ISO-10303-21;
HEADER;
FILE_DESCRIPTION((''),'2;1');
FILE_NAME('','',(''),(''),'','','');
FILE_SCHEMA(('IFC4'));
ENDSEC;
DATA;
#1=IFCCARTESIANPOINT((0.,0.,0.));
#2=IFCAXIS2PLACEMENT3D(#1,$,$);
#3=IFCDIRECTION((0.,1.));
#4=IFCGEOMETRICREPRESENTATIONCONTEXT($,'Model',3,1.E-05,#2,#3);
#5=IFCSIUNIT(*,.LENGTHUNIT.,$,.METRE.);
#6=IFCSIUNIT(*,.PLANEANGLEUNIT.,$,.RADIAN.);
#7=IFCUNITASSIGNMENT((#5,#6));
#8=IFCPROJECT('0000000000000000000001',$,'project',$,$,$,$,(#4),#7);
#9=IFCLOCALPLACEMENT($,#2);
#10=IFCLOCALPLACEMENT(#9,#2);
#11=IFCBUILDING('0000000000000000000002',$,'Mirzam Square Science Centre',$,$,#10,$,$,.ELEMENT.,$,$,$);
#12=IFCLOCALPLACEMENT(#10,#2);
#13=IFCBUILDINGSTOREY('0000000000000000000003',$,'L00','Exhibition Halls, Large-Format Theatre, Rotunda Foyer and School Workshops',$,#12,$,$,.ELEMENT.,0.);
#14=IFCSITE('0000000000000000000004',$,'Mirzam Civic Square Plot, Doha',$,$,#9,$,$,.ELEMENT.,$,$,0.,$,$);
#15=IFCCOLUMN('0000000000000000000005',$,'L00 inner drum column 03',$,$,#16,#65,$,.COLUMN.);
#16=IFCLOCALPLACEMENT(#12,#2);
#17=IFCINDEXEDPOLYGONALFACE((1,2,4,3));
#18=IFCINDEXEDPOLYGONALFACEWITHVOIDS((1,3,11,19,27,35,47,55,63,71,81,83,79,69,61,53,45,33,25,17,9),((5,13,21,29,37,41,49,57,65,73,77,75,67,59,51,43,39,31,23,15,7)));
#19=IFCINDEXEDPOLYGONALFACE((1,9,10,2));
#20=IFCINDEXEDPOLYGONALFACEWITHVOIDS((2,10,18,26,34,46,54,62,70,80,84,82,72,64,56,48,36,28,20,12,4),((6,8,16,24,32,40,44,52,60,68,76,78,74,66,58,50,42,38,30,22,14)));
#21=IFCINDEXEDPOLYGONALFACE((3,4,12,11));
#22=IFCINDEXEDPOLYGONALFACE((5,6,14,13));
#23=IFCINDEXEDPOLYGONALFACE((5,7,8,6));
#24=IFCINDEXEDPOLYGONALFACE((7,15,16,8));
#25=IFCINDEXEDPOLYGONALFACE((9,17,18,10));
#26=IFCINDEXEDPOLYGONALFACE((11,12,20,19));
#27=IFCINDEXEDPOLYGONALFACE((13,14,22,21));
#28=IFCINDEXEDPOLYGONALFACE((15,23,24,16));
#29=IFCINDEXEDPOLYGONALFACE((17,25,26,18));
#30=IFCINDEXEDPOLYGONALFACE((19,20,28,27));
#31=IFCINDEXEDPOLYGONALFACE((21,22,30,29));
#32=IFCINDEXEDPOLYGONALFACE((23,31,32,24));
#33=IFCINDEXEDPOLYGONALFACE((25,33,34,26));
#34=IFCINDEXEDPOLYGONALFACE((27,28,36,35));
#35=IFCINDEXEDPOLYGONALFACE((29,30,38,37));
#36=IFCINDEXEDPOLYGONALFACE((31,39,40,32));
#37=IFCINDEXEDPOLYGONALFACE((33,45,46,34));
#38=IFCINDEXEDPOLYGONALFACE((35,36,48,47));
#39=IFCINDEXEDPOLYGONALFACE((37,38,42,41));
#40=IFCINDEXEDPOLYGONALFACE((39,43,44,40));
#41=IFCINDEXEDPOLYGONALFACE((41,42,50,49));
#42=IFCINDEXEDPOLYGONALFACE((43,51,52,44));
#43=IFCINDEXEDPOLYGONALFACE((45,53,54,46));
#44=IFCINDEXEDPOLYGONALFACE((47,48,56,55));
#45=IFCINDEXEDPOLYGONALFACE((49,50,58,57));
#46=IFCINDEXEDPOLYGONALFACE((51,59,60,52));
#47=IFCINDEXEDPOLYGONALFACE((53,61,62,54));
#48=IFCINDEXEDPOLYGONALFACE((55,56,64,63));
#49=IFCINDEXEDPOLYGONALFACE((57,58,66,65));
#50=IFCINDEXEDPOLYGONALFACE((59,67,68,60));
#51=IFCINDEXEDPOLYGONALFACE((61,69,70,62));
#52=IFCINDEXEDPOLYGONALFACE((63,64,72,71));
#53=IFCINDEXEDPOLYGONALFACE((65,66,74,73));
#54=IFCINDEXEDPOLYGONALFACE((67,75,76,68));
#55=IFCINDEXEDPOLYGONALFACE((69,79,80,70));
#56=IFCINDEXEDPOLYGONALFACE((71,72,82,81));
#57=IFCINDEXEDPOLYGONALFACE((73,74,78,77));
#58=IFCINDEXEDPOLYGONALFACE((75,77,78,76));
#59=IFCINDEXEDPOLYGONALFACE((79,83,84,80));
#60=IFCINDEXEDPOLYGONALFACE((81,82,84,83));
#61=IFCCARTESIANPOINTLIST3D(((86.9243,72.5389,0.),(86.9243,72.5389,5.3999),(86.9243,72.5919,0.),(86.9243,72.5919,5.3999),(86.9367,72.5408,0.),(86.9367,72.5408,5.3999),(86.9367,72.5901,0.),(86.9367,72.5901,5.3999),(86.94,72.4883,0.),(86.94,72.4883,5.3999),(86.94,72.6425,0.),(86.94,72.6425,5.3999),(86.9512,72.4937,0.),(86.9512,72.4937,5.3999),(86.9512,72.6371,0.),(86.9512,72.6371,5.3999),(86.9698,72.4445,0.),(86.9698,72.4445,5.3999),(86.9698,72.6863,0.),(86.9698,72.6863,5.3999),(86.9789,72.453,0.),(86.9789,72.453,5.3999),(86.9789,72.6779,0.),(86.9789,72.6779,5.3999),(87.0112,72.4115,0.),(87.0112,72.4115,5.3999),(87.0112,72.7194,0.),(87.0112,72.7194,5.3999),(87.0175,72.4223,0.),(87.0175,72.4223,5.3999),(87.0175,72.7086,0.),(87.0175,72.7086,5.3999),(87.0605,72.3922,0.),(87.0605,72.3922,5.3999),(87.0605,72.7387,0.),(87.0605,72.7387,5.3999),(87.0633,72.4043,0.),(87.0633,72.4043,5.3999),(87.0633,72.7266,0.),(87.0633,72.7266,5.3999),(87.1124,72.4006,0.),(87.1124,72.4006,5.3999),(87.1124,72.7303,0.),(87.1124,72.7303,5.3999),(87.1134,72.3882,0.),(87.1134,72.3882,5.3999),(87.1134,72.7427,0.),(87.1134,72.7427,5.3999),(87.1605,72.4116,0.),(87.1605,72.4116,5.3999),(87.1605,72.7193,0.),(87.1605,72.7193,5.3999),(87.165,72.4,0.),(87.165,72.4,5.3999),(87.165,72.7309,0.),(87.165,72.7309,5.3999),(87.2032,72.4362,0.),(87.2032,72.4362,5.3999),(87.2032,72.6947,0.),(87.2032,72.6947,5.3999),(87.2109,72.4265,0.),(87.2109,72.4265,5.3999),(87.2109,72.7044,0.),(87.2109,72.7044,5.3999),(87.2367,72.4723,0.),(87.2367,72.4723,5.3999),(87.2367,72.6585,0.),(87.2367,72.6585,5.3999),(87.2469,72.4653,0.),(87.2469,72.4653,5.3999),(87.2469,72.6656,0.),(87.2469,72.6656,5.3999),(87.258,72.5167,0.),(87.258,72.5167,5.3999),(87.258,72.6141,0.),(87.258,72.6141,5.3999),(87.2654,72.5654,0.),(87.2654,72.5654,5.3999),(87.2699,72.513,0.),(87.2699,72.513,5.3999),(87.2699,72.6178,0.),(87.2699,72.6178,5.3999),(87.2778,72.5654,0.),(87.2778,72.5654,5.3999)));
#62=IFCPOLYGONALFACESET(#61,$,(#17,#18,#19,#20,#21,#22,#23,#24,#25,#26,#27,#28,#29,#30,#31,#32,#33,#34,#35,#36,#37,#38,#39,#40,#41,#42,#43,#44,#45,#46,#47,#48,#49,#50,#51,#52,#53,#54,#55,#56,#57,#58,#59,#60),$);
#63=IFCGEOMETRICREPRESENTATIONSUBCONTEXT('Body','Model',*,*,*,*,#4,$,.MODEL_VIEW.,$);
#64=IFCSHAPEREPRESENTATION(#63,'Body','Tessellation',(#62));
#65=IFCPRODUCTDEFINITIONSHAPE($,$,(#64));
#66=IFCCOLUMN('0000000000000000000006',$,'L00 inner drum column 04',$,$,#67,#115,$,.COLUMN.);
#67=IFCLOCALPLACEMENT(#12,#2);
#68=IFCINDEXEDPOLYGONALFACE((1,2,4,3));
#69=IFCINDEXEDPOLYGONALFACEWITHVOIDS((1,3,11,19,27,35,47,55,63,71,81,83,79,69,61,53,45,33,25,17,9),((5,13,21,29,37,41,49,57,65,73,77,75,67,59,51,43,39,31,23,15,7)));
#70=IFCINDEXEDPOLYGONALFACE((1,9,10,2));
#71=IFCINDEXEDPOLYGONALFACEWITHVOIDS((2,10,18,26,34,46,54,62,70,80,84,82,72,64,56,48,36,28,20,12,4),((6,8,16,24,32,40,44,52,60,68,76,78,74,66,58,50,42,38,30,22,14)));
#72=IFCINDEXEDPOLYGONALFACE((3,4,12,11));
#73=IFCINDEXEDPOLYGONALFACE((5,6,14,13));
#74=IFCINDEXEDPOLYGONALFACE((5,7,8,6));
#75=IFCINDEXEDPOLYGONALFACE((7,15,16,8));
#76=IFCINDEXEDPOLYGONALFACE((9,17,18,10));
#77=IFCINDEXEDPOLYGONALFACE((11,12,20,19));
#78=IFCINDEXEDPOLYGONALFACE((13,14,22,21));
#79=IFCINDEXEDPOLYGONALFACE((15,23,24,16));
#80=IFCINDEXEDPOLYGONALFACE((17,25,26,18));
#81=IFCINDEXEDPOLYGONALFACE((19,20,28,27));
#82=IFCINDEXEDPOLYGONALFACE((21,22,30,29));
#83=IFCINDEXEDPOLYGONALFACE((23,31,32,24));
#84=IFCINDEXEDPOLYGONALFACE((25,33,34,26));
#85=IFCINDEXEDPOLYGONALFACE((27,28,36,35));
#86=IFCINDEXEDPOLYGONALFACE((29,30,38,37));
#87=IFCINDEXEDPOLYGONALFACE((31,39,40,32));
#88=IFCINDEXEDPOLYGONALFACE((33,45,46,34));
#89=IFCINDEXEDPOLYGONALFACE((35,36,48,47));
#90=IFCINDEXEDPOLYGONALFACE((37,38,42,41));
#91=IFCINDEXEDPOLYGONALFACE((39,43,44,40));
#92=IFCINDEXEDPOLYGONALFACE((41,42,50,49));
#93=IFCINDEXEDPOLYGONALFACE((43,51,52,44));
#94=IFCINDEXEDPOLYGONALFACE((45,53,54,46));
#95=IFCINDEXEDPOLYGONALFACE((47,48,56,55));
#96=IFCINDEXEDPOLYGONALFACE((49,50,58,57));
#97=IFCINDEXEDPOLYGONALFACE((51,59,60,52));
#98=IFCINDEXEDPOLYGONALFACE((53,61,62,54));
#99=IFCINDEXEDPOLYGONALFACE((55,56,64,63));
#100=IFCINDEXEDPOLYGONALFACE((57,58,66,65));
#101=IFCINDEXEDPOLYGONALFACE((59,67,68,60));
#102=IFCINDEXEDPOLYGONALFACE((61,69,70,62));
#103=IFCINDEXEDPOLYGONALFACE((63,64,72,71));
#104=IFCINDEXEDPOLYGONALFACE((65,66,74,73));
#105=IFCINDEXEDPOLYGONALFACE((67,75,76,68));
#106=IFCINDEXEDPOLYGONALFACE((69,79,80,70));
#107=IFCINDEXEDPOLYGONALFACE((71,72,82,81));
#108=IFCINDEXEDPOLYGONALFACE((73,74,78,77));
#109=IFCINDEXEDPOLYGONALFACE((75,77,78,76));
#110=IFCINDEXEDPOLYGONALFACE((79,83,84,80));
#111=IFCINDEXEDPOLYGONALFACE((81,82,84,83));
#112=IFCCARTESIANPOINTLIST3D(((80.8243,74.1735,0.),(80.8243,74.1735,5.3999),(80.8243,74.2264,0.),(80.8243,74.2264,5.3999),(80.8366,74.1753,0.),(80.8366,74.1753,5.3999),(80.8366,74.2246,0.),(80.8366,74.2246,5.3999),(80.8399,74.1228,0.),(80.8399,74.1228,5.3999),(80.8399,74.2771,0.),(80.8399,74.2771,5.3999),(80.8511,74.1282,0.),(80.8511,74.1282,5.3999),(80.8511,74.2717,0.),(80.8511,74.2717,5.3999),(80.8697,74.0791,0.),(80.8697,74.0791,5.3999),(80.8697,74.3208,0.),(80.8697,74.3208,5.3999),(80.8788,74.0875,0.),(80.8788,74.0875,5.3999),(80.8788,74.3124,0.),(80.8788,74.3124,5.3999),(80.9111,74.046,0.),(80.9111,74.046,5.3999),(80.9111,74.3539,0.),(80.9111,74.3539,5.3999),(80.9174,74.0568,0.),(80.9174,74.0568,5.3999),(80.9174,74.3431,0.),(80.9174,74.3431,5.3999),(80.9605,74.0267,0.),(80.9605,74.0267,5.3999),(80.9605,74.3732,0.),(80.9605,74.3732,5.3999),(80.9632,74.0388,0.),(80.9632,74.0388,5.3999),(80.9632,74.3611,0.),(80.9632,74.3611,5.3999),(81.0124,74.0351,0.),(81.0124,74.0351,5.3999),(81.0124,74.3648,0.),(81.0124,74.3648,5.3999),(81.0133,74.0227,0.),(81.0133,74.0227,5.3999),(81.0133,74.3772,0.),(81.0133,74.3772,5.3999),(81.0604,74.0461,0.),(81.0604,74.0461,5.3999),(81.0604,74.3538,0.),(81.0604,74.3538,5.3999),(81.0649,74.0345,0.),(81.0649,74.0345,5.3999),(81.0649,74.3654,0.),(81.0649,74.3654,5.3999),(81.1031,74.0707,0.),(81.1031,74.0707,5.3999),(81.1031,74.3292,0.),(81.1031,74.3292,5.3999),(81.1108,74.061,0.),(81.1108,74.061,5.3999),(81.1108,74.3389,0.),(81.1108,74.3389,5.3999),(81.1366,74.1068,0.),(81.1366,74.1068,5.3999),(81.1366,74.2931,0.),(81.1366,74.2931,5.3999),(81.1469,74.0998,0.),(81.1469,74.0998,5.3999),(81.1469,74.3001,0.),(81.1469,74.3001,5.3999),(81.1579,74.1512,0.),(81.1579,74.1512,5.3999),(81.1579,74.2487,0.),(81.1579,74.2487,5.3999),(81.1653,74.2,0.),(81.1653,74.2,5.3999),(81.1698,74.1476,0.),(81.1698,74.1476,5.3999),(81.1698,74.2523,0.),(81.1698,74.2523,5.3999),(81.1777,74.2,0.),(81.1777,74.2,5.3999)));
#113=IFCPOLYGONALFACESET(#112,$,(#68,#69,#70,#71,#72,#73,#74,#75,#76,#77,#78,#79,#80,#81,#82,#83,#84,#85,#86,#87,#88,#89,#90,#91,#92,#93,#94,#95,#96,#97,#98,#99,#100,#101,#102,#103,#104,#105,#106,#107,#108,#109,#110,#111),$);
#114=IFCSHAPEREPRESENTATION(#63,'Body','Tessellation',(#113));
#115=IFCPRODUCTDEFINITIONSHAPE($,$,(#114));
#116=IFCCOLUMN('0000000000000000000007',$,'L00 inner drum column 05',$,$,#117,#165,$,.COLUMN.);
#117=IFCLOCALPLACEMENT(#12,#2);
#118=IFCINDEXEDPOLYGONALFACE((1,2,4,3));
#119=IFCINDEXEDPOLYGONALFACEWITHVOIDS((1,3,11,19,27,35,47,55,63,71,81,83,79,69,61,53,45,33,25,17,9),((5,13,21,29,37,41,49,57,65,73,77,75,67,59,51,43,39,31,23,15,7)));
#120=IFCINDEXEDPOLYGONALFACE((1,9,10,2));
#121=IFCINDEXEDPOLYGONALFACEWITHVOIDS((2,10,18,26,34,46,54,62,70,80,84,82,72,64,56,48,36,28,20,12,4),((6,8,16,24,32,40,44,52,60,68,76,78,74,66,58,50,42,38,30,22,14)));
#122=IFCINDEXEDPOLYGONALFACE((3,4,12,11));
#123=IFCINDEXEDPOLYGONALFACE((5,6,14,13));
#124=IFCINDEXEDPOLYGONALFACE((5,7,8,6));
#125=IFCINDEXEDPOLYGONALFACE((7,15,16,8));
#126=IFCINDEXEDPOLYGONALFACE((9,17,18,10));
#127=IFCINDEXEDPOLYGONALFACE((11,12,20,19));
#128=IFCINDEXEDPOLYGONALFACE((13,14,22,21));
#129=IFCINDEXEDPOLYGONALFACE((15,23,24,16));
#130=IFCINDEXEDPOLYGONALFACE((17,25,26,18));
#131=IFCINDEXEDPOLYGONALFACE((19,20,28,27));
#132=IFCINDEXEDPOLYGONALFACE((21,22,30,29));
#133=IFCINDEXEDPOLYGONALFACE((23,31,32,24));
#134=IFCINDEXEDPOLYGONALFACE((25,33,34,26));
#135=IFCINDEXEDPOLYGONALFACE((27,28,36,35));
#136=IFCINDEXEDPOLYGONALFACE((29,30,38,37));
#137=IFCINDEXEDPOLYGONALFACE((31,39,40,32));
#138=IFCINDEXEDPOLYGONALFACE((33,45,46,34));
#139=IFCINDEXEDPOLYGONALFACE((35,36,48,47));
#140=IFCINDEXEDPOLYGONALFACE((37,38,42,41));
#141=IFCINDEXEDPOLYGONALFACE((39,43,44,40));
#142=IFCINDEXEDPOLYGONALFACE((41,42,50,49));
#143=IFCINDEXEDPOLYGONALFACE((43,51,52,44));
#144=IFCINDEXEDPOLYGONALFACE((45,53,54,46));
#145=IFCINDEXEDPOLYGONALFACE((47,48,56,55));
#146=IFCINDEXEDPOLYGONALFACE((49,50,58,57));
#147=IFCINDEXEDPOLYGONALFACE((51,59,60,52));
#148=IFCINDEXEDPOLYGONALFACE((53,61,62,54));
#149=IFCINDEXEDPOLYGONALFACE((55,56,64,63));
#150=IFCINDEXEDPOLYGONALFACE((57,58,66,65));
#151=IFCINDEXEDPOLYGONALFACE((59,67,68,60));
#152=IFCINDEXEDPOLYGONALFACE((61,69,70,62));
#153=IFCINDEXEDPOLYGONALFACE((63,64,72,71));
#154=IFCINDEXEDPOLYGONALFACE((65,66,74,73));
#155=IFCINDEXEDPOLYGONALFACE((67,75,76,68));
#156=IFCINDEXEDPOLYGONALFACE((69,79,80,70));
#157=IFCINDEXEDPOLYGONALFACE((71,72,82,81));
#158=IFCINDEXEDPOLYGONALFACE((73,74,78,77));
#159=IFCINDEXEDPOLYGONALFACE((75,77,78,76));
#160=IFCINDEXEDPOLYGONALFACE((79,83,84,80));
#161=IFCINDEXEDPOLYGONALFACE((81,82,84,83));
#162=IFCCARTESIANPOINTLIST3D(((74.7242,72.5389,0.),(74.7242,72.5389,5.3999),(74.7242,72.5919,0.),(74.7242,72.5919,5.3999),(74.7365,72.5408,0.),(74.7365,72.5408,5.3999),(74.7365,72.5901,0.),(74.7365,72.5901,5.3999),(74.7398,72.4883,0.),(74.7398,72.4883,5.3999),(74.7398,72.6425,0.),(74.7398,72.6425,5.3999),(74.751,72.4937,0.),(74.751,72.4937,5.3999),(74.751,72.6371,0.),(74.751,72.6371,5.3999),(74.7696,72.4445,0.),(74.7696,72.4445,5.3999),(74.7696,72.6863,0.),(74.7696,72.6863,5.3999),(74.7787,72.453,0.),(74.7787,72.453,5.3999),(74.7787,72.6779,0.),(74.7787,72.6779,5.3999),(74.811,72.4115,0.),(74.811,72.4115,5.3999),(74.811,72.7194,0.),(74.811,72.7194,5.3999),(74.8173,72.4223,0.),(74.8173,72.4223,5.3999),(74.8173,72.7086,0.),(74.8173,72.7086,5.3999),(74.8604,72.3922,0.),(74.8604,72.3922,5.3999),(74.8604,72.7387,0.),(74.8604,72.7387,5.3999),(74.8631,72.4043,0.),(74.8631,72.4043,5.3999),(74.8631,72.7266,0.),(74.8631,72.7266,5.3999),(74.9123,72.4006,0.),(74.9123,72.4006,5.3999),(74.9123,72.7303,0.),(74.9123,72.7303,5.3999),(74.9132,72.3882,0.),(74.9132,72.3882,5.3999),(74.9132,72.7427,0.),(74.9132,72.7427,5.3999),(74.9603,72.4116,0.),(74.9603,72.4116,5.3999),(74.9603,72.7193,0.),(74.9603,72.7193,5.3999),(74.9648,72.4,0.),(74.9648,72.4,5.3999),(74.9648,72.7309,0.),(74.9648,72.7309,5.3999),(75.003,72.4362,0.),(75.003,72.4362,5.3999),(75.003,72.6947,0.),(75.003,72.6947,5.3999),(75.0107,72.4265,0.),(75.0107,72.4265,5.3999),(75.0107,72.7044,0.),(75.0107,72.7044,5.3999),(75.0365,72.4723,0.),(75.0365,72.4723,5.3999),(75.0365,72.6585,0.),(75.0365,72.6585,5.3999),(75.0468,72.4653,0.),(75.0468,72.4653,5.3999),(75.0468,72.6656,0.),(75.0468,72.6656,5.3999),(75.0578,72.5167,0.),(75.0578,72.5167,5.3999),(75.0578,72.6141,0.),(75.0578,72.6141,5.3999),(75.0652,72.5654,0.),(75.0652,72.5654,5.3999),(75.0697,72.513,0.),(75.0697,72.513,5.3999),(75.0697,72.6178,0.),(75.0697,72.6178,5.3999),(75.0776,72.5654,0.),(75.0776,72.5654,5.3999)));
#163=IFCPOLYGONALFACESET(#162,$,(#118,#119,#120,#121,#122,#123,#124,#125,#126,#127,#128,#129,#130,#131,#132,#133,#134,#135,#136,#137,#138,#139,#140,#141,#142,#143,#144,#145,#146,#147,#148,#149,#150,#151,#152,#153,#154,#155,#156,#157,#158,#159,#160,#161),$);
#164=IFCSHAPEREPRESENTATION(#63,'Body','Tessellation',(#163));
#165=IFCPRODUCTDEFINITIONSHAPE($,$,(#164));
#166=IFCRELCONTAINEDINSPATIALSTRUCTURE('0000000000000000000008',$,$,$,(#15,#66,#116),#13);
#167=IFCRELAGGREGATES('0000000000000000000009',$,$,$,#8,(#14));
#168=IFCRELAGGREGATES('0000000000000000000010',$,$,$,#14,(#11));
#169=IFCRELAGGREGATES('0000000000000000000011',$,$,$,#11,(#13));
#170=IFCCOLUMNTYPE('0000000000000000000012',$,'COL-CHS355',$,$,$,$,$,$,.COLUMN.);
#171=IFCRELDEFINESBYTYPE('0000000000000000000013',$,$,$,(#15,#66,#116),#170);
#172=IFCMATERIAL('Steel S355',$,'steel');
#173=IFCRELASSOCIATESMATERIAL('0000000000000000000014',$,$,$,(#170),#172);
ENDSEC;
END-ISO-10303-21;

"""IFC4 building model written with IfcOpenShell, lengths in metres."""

from ifc_helpers import new_model, si_unit, direction, frame, origin, origin_2d, place, context, subcontext, project, spatial, hollow_circle, extrude, material, material_profile, profile_set, type_object, element, save


model = new_model("IFC4")

# Units and contexts
model_context = context("Model", 3, precision=1e-05, world=origin(), true_north=direction((0.0, 1.0)))
body_context = subcontext(model_context, "Body", "Model", "MODEL_VIEW")
ifc_project = project(units=[si_unit("LENGTHUNIT", "METRE"), si_unit("PLANEANGLEUNIT", "RADIAN")], contexts=[model_context])

# Site, building, storey
site_placement = place(None, origin())
site = spatial("IfcSite", under=ifc_project, at=site_placement, Name="Mirzam Civic Square Plot, Doha", CompositionType="ELEMENT", RefElevation=0.0)
building_placement = place(site_placement, origin())
building = spatial("IfcBuilding", under=site, at=building_placement, Name="Mirzam Square Science Centre", CompositionType="ELEMENT")
storey_placement = place(building_placement, origin())
storey = spatial("IfcBuildingStorey", under=building, at=storey_placement, Name="L00", Description="Exhibition Halls, Large-Format Theatre, Rotunda Foyer and School Workshops", CompositionType="ELEMENT", Elevation=0.0)

# Columns
ifc_material_1 = material(Name="Steel S355", Category="steel")
ifc_material_profile_1 = material_profile(ifc_material_1, hollow_circle(Radius=0.1777, WallThickness=0.0125, at=origin_2d()), Name="355.6x12.5CHS")
ifc_profile_set_1 = profile_set([ifc_material_profile_1], Name="Steel S355")
column_type = type_object("IfcColumnType", Name="COL-CHS355", PredefinedType="COLUMN", material=ifc_profile_set_1)
for number, where, z_axis, x_axis, name in (
    (1, (87.1001, 72.5654, 0.0), (0.0, 0.0, 1.0), (1.0, 0.0, 0.0), "L00 inner drum column 03"),
    (2, (81.0, 74.2, 0.0), (0.0, 0.0, 1.0), (1.0, 0.0, 0.0), "L00 inner drum column 04"),
    (3, (74.8999, 72.5654, 0.0), (0.0, 0.0, 1.0), (1.0, 0.0, 0.0), "L00 inner drum column 05"),
):
    element("IfcColumn", number, at=place(storey_placement, frame(where, z_axis=z_axis, x_axis=x_axis)), inside=storey, type_object=column_type, Name=name, PredefinedType="COLUMN", context=body_context, shape_type="SweptSolid", body=[
        extrude(hollow_circle(Radius=0.1777, WallThickness=0.0125, at=origin_2d()), origin(), (0.0, 0.0, 1.0), 5.3999),
    ])

save(model, "model.ifc")
